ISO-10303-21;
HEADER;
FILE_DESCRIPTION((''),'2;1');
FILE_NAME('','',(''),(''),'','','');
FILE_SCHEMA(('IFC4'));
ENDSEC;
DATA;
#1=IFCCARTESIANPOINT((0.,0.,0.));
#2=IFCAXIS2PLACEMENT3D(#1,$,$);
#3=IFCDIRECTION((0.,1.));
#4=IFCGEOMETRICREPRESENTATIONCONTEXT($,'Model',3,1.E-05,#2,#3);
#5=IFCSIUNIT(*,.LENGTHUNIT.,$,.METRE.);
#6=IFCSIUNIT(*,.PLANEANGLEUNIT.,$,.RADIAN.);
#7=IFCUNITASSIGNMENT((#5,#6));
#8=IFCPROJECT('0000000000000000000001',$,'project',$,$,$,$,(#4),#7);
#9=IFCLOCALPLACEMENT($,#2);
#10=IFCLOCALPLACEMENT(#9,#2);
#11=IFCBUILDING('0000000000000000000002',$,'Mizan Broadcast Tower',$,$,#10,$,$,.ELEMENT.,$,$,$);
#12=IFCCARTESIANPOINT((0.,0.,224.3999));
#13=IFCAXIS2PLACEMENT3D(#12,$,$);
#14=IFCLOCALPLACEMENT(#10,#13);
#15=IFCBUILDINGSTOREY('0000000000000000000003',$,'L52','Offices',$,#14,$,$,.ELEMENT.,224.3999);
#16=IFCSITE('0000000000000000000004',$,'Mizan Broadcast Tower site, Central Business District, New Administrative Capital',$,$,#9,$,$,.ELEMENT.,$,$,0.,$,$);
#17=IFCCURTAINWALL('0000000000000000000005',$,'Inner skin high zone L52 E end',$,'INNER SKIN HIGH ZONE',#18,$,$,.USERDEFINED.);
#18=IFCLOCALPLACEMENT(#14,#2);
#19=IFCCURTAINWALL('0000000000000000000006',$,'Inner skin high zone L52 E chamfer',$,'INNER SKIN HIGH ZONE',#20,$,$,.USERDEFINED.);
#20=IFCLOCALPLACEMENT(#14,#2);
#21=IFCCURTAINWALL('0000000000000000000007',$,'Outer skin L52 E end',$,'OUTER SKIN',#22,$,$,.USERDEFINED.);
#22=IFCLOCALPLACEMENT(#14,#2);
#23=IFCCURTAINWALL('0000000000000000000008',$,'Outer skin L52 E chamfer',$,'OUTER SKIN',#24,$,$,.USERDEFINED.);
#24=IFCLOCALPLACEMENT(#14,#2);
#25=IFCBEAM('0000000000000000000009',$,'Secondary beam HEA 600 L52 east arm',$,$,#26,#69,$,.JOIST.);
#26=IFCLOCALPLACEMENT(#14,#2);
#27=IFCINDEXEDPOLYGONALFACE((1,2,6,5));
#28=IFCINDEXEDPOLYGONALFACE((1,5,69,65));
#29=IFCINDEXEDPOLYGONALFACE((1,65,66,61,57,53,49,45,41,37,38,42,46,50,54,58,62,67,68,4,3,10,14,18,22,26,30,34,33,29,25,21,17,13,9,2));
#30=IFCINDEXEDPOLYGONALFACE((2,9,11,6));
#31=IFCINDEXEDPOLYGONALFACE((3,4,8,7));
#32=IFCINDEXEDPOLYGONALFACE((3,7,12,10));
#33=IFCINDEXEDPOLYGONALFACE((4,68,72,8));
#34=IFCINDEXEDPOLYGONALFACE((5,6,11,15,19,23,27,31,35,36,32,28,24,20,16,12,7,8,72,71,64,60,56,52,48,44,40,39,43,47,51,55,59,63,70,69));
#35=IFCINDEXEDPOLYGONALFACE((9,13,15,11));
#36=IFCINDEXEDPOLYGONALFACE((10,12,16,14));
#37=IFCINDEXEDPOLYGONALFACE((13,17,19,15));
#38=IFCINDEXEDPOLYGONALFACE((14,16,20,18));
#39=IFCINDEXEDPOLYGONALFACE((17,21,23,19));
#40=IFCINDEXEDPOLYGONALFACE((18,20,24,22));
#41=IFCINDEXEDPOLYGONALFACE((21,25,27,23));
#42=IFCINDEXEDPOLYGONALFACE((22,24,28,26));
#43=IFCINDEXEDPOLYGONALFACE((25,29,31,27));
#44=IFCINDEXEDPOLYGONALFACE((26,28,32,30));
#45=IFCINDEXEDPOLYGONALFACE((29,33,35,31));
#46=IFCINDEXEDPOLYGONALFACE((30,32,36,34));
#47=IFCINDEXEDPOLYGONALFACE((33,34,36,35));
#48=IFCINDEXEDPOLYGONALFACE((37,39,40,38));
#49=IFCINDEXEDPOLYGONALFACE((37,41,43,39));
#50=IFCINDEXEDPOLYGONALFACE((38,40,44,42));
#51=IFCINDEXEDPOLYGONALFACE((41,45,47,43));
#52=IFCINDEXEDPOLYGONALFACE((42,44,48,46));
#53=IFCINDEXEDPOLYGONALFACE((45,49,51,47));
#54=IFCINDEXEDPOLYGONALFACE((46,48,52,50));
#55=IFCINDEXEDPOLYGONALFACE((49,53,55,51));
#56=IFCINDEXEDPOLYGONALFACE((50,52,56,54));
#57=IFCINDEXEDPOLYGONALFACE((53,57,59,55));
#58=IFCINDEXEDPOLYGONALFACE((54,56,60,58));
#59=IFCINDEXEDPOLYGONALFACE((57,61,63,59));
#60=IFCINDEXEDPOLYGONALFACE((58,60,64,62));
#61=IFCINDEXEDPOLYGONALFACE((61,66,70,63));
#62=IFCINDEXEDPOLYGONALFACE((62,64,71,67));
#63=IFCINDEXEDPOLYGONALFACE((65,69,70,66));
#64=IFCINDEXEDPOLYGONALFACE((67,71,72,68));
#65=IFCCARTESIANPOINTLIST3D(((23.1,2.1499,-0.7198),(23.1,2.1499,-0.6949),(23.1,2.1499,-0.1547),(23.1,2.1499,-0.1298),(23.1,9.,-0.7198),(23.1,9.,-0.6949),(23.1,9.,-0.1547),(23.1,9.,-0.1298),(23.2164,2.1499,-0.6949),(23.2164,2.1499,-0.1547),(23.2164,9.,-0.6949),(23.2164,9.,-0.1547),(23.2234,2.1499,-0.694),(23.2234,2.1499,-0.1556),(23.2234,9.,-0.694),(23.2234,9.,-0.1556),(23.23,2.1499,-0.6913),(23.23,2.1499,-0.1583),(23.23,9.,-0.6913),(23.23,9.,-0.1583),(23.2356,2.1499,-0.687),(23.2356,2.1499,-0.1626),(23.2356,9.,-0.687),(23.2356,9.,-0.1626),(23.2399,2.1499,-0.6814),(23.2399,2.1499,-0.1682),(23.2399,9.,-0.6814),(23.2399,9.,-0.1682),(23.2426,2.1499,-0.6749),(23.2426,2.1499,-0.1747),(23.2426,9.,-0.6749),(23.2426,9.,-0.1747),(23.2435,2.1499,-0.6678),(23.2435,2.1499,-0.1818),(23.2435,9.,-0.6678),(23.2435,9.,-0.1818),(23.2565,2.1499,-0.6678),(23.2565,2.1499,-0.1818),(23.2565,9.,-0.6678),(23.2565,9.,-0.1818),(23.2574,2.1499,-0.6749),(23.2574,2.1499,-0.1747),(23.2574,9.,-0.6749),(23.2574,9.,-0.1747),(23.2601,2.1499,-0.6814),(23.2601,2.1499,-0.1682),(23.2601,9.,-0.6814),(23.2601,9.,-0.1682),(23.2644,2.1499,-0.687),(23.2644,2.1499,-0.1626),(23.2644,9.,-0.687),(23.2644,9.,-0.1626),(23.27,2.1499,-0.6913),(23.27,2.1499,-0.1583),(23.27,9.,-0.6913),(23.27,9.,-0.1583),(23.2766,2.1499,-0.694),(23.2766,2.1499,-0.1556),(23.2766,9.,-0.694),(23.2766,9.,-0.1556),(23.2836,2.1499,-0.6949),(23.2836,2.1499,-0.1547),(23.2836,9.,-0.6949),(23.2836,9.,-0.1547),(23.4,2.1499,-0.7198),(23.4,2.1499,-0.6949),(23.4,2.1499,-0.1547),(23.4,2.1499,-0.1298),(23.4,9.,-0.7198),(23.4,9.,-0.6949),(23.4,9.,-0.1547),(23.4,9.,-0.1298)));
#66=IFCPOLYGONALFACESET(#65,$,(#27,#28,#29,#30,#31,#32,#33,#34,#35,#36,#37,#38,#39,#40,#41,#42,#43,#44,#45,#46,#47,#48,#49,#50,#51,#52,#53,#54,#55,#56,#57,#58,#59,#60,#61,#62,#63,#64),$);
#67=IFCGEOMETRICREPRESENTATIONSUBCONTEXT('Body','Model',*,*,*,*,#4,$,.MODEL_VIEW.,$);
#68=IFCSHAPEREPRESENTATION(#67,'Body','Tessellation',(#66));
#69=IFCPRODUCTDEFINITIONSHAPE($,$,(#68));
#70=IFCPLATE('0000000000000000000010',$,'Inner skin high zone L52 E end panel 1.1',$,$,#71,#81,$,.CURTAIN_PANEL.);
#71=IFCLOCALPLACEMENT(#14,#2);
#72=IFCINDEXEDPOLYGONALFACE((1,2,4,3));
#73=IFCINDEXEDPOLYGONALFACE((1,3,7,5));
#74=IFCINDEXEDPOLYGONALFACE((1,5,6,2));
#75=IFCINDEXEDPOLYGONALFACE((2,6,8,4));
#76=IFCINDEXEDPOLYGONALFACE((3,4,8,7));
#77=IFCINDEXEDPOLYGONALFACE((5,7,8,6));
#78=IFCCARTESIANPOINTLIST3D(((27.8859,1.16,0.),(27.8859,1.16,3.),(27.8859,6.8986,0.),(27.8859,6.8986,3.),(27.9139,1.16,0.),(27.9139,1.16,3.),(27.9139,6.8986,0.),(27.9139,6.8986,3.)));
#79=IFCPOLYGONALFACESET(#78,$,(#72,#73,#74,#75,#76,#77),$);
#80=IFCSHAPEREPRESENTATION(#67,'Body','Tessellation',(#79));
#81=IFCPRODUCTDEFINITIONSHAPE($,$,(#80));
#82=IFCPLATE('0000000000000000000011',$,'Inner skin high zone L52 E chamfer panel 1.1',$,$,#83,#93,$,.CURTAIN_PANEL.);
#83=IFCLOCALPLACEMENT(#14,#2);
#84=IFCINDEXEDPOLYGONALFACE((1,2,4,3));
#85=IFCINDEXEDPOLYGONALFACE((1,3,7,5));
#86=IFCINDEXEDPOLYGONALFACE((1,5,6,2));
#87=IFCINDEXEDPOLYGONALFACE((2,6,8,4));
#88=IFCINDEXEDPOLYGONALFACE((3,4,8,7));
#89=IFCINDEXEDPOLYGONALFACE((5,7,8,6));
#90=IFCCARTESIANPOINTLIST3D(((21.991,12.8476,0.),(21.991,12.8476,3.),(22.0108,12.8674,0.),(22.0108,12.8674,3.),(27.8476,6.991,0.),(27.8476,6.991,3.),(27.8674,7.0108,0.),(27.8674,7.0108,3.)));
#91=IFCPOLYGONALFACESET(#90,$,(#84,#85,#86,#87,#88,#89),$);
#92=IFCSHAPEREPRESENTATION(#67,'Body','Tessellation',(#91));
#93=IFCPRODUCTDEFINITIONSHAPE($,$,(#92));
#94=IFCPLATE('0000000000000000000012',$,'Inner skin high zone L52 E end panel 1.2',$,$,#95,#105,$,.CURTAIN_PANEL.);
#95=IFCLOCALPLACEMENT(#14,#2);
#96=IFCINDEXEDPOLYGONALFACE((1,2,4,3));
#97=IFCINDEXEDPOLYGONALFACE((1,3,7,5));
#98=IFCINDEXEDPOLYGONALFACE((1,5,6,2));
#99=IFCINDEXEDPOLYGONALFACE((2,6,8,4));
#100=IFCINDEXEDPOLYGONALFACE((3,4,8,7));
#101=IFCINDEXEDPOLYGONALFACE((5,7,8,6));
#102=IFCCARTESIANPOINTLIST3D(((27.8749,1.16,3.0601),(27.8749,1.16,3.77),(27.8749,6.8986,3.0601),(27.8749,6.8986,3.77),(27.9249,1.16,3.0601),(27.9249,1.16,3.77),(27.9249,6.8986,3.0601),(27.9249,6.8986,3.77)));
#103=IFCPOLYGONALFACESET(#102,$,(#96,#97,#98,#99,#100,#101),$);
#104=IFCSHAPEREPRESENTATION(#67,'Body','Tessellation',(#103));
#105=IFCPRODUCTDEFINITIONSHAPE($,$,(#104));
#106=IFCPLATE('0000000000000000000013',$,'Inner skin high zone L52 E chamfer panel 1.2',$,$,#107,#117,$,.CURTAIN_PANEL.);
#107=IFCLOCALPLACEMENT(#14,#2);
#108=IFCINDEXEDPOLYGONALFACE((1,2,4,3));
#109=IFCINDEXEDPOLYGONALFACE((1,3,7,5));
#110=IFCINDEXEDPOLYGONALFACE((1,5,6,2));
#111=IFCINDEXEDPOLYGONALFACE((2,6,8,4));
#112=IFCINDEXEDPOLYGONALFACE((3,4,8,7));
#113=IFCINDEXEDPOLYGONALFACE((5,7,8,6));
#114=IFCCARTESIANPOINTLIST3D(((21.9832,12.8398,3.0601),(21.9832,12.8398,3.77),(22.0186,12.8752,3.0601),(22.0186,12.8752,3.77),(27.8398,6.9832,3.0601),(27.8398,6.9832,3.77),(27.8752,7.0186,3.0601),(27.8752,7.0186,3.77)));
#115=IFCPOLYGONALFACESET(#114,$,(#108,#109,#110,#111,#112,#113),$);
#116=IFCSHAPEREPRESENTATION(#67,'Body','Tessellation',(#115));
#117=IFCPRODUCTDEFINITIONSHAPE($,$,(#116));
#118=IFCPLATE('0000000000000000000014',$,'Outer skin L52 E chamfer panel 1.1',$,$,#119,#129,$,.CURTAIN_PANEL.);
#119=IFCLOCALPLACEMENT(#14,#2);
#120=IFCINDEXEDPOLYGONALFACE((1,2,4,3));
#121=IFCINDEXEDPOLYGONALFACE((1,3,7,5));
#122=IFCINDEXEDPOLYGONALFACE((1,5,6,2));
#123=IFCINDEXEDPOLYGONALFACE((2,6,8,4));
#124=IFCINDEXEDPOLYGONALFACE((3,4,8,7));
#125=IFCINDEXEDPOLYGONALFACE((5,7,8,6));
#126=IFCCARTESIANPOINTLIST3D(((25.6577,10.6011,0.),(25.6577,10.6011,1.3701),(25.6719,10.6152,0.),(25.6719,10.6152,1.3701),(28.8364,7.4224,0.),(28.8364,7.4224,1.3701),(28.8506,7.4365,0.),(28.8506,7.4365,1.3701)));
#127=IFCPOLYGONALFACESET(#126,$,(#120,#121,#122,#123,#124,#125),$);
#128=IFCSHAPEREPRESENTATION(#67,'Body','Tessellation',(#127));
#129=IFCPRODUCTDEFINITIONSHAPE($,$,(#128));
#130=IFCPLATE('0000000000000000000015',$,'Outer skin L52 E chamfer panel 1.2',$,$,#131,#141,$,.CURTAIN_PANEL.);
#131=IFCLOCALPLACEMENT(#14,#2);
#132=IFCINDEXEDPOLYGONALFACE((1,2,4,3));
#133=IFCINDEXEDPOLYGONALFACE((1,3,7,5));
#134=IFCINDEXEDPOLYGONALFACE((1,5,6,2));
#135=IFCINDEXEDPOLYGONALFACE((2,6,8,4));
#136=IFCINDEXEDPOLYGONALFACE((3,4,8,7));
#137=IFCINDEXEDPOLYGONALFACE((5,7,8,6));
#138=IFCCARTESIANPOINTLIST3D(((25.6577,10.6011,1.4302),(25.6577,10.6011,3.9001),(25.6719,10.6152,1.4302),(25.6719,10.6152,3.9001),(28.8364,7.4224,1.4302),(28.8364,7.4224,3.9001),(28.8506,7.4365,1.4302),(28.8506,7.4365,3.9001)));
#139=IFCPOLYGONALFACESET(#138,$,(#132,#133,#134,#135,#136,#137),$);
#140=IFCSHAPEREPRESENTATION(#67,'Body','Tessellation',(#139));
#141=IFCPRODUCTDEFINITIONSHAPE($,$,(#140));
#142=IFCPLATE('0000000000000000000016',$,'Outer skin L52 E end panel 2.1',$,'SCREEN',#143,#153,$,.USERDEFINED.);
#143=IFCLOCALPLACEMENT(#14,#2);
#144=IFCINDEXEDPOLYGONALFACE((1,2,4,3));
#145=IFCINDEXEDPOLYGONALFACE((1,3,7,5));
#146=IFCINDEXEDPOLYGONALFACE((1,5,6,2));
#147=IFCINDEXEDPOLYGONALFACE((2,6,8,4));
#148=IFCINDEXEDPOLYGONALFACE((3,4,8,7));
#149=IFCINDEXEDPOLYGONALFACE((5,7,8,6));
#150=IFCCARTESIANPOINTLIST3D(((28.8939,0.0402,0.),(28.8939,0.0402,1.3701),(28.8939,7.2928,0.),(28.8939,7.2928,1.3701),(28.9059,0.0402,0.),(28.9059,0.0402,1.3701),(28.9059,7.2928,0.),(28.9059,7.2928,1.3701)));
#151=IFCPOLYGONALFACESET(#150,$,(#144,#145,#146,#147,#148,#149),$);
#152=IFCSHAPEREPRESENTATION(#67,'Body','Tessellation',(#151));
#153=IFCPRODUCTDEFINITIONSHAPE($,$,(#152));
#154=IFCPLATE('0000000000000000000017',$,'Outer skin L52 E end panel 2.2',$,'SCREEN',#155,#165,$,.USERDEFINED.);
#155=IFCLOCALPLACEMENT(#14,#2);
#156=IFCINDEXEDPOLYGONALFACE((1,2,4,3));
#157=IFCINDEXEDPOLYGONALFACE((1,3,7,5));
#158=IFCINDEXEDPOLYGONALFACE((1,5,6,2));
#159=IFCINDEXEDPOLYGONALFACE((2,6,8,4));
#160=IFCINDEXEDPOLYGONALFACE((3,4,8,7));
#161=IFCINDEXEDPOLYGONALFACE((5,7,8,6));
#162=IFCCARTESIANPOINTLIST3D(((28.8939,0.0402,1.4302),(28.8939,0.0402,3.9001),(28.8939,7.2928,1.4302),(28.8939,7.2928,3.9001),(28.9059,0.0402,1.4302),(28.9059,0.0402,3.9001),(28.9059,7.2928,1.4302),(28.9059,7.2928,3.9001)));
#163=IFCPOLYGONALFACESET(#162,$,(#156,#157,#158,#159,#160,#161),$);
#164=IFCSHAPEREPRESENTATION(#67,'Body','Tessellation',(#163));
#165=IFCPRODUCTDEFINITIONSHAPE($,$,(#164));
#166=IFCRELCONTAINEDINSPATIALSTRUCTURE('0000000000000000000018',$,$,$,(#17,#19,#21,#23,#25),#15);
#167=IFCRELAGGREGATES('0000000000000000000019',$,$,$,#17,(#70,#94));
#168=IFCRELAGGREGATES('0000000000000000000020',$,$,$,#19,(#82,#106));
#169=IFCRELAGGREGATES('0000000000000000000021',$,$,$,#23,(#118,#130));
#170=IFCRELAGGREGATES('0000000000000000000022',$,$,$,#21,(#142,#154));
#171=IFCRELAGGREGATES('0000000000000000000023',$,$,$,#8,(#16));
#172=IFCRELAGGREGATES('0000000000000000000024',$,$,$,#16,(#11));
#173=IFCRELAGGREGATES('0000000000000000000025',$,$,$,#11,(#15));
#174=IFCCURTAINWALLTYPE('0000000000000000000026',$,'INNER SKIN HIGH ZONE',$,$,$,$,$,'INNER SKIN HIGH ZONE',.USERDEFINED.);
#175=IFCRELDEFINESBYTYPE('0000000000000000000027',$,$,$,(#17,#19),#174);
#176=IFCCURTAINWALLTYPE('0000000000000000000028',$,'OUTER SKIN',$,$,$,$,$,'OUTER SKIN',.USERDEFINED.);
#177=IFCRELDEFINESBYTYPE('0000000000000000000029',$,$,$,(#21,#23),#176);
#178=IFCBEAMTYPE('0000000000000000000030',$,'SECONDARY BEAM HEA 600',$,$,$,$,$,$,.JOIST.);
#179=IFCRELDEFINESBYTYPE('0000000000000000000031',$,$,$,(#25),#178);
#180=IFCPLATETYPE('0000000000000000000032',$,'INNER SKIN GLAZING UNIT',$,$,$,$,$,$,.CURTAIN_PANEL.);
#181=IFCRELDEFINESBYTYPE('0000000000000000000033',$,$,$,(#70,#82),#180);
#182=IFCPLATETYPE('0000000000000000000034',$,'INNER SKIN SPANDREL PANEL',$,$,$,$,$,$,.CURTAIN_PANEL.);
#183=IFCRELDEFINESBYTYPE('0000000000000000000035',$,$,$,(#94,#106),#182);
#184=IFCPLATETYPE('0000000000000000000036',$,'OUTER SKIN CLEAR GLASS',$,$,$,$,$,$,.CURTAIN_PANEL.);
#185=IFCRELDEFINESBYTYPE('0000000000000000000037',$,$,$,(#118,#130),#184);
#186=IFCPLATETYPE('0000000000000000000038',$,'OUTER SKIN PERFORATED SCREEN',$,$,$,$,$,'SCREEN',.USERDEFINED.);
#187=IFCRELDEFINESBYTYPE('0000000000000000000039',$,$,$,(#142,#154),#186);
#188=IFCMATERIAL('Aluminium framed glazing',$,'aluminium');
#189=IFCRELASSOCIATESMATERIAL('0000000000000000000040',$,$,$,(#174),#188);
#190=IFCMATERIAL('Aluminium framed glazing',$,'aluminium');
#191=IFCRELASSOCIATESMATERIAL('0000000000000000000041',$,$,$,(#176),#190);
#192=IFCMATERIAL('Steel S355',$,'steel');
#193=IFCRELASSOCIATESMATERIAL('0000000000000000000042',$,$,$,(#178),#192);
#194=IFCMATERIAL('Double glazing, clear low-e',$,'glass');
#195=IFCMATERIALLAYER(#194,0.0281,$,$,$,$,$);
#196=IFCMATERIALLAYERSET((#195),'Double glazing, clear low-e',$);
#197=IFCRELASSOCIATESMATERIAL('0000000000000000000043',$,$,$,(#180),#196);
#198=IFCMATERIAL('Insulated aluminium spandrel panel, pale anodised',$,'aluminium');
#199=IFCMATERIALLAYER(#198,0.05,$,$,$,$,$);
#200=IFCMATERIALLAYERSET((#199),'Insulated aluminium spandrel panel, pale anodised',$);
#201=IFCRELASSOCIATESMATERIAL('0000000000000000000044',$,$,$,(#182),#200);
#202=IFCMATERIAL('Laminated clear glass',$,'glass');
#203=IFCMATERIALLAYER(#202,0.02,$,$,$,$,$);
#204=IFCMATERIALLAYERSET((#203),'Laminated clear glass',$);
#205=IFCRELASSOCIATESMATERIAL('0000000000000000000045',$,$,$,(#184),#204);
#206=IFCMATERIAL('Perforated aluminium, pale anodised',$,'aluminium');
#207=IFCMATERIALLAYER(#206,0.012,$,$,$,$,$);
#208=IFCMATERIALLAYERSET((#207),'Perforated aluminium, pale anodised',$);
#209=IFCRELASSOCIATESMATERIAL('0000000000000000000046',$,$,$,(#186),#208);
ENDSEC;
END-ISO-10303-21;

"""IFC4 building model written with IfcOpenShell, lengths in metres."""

from ifc_helpers import new_model, si_unit, direction, frame, origin, origin_2d, place, context, subcontext, project, spatial, rectangle, i_section, extrude, material, layer, layer_set, material_profile, profile_set, type_object, element, aggregate, save


model = new_model("IFC4")

# Units and contexts
model_context = context("Model", 3, precision=1e-05, world=origin(), true_north=direction((0.0, 1.0)))
body_context = subcontext(model_context, "Body", "Model", "MODEL_VIEW")
ifc_project = project(units=[si_unit("LENGTHUNIT", "METRE"), si_unit("PLANEANGLEUNIT", "RADIAN")], contexts=[model_context])

# Site, building, storey
site_placement = place(None, origin())
site = spatial("IfcSite", under=ifc_project, at=site_placement, Name="Mizan Broadcast Tower site, Central Business District, New Administrative Capital", CompositionType="ELEMENT", RefElevation=0.0)
building_placement = place(site_placement, origin())
building = spatial("IfcBuilding", under=site, at=building_placement, Name="Mizan Broadcast Tower", CompositionType="ELEMENT")
storey_placement = place(building_placement, frame((0.0, 0.0, 224.3999)))
storey = spatial("IfcBuildingStorey", under=building, at=storey_placement, Name="L52", Description="Offices", CompositionType="ELEMENT", Elevation=224.3999)

# Curtain wall
ifc_material_1 = material(Name="Aluminium framed glazing", Category="aluminium")
curtain_wall_type_1 = type_object("IfcCurtainWallType", Name="INNER SKIN HIGH ZONE", ElementType="INNER SKIN HIGH ZONE", PredefinedType="USERDEFINED", material=ifc_material_1)
curtain_wall_1_placement = place(storey_placement, origin())
curtain_wall_1 = element("IfcCurtainWall", 1, at=curtain_wall_1_placement, inside=storey, type_object=curtain_wall_type_1, Name="Inner skin high zone L52 E end", ObjectType="INNER SKIN HIGH ZONE", PredefinedType="USERDEFINED")

# Curtain wall
curtain_wall_2_placement = place(storey_placement, origin())
curtain_wall_2 = element("IfcCurtainWall", 2, at=curtain_wall_2_placement, inside=storey, type_object=curtain_wall_type_1, Name="Inner skin high zone L52 E chamfer", ObjectType="INNER SKIN HIGH ZONE", PredefinedType="USERDEFINED")

# Curtain wall
ifc_material_2 = material(Name="Aluminium framed glazing", Category="aluminium")
curtain_wall_type_2 = type_object("IfcCurtainWallType", Name="OUTER SKIN", ElementType="OUTER SKIN", PredefinedType="USERDEFINED", material=ifc_material_2)
curtain_wall_3_placement = place(storey_placement, origin())
curtain_wall_3 = element("IfcCurtainWall", 3, at=curtain_wall_3_placement, inside=storey, type_object=curtain_wall_type_2, Name="Outer skin L52 E end", ObjectType="OUTER SKIN", PredefinedType="USERDEFINED")

# Curtain wall
curtain_wall_4_placement = place(storey_placement, origin())
curtain_wall_4 = element("IfcCurtainWall", 4, at=curtain_wall_4_placement, inside=storey, type_object=curtain_wall_type_2, Name="Outer skin L52 E chamfer", ObjectType="OUTER SKIN", PredefinedType="USERDEFINED")

# Beam
ifc_material_3 = material(Name="Steel S355", Category="steel")
ifc_material_profile_1 = material_profile(ifc_material_3, i_section(OverallWidth=0.3, OverallDepth=0.5901, WebThickness=0.0129, FlangeThickness=0.0249, FilletRadius=0.0271, at=origin_2d()), Name="HEA 600")
ifc_profile_set_1 = profile_set([ifc_material_profile_1], Name="Steel S355")
beam_type_1 = type_object("IfcBeamType", Name="SECONDARY BEAM HEA 600", PredefinedType="JOIST", material=ifc_profile_set_1)
beam_1_placement = place(storey_placement, frame((23.25, 9.0, -0.4248), z_axis=(0.0, -1.0, 0.0), x_axis=(1.0, 0.0, 0.0)))
element("IfcBeam", 5, at=beam_1_placement, inside=storey, type_object=beam_type_1, Name="Secondary beam HEA 600 L52 east arm", PredefinedType="JOIST", context=body_context, shape_type="SweptSolid", body=[
    extrude(i_section(OverallWidth=0.3, OverallDepth=0.5901, WebThickness=0.0129, FlangeThickness=0.0249, FilletRadius=0.0271, at=origin_2d()), origin(), (0.0, 0.0, 1.0), 6.8501),
])

# Plates
ifc_material_4 = material(Name="Double glazing, clear low-e", Category="glass")
ifc_layer_1 = layer(ifc_material_4, 0.0281)
ifc_layer_set_1 = layer_set([ifc_layer_1], Name="Double glazing, clear low-e")
plate_type_1 = type_object("IfcPlateType", Name="INNER SKIN GLAZING UNIT", PredefinedType="CURTAIN_PANEL", material=ifc_layer_set_1)
plate_1_placement = place(storey_placement, frame((27.8999, 4.0293, 0.0), z_axis=(0.0, 0.0, 1.0), x_axis=(0.0, 1.0, 0.0)))
plate_1 = element("IfcPlate", 6, at=plate_1_placement, type_object=plate_type_1, Name="Inner skin high zone L52 E end panel 1.1", PredefinedType="CURTAIN_PANEL", context=body_context, shape_type="SweptSolid", body=[
    extrude(rectangle(XDim=5.7385, YDim=0.0281, at=origin_2d()), origin(), (0.0, 0.0, 1.0), 3.0),
])
plate_2_placement = place(storey_placement, frame((24.9292, 9.9292, 0.0), z_axis=(0.0, 0.0, 1.0), x_axis=(-0.707107, 0.707107, 0.0)))
plate_2 = element("IfcPlate", 7, at=plate_2_placement, type_object=plate_type_1, Name="Inner skin high zone L52 E chamfer panel 1.1", PredefinedType="CURTAIN_PANEL", context=body_context, shape_type="SweptSolid", body=[
    extrude(rectangle(XDim=8.2825, YDim=0.0281, at=origin_2d()), origin(), (0.0, 0.0, 1.0), 3.0),
])
ifc_material_5 = material(Name="Insulated aluminium spandrel panel, pale anodised", Category="aluminium")
ifc_layer_2 = layer(ifc_material_5, 0.05)
ifc_layer_set_2 = layer_set([ifc_layer_2], Name="Insulated aluminium spandrel panel, pale anodised")
plate_type_2 = type_object("IfcPlateType", Name="INNER SKIN SPANDREL PANEL", PredefinedType="CURTAIN_PANEL", material=ifc_layer_set_2)
plate_3_placement = place(storey_placement, frame((27.8999, 4.0293, 3.0601), z_axis=(0.0, 0.0, 1.0), x_axis=(0.0, 1.0, 0.0)))
plate_3 = element("IfcPlate", 8, at=plate_3_placement, type_object=plate_type_2, Name="Inner skin high zone L52 E end panel 1.2", PredefinedType="CURTAIN_PANEL", context=body_context, shape_type="SweptSolid", body=[
    extrude(rectangle(XDim=5.7385, YDim=0.05, at=origin_2d()), origin(), (0.0, 0.0, 1.0), 0.71),
])
aggregate(curtain_wall_1, [plate_1, plate_3])
plate_4_placement = place(storey_placement, frame((24.9292, 9.9292, 3.0601), z_axis=(0.0, 0.0, 1.0), x_axis=(-0.707107, 0.707107, 0.0)))
plate_4 = element("IfcPlate", 9, at=plate_4_placement, type_object=plate_type_2, Name="Inner skin high zone L52 E chamfer panel 1.2", PredefinedType="CURTAIN_PANEL", context=body_context, shape_type="SweptSolid", body=[
    extrude(rectangle(XDim=8.2825, YDim=0.05, at=origin_2d()), origin(), (0.0, 0.0, 1.0), 0.71),
])
aggregate(curtain_wall_2, [plate_2, plate_4])
ifc_material_6 = material(Name="Laminated clear glass", Category="glass")
ifc_layer_3 = layer(ifc_material_6, 0.02)
ifc_layer_set_3 = layer_set([ifc_layer_3], Name="Laminated clear glass")
plate_type_3 = type_object("IfcPlateType", Name="OUTER SKIN CLEAR GLASS", PredefinedType="CURTAIN_PANEL", material=ifc_layer_set_3)
plate_5_placement = place(storey_placement, frame((27.2542, 9.0188, 0.0), z_axis=(0.0, 0.0, 1.0), x_axis=(-0.707107, 0.707107, 0.0)))
plate_5 = element("IfcPlate", 10, at=plate_5_placement, type_object=plate_type_3, Name="Outer skin L52 E chamfer panel 1.1", PredefinedType="CURTAIN_PANEL", context=body_context, shape_type="SweptSolid", body=[
    extrude(rectangle(XDim=4.4954, YDim=0.02, at=origin_2d()), origin(), (0.0, 0.0, 1.0), 1.3701),
])
plate_6_placement = place(storey_placement, frame((27.2542, 9.0188, 1.4302), z_axis=(0.0, 0.0, 1.0), x_axis=(-0.707107, 0.707107, 0.0)))
plate_6 = element("IfcPlate", 11, at=plate_6_placement, type_object=plate_type_3, Name="Outer skin L52 E chamfer panel 1.2", PredefinedType="CURTAIN_PANEL", context=body_context, shape_type="SweptSolid", body=[
    extrude(rectangle(XDim=4.4954, YDim=0.02, at=origin_2d()), origin(), (0.0, 0.0, 1.0), 2.47),
])
aggregate(curtain_wall_4, [plate_5, plate_6])
ifc_material_7 = material(Name="Perforated aluminium, pale anodised", Category="aluminium")
ifc_layer_4 = layer(ifc_material_7, 0.012)
ifc_layer_set_4 = layer_set([ifc_layer_4], Name="Perforated aluminium, pale anodised")
plate_type_4 = type_object("IfcPlateType", Name="OUTER SKIN PERFORATED SCREEN", ElementType="SCREEN", PredefinedType="USERDEFINED", material=ifc_layer_set_4)
plate_7_placement = place(storey_placement, frame((28.8999, 3.6665, 0.0), z_axis=(0.0, 0.0, 1.0), x_axis=(0.0, 1.0, 0.0)))
plate_7 = element("IfcPlate", 12, at=plate_7_placement, type_object=plate_type_4, Name="Outer skin L52 E end panel 2.1", ObjectType="SCREEN", PredefinedType="USERDEFINED", context=body_context, shape_type="SweptSolid", body=[
    extrude(rectangle(XDim=7.2527, YDim=0.012, at=origin_2d()), origin(), (0.0, 0.0, 1.0), 1.3701),
])
plate_8_placement = place(storey_placement, frame((28.8999, 3.6665, 1.4302), z_axis=(0.0, 0.0, 1.0), x_axis=(0.0, 1.0, 0.0)))
plate_8 = element("IfcPlate", 13, at=plate_8_placement, type_object=plate_type_4, Name="Outer skin L52 E end panel 2.2", ObjectType="SCREEN", PredefinedType="USERDEFINED", context=body_context, shape_type="SweptSolid", body=[
    extrude(rectangle(XDim=7.2527, YDim=0.012, at=origin_2d()), origin(), (0.0, 0.0, 1.0), 2.47),
])
aggregate(curtain_wall_3, [plate_7, plate_8])

save(model, "model.ifc")
